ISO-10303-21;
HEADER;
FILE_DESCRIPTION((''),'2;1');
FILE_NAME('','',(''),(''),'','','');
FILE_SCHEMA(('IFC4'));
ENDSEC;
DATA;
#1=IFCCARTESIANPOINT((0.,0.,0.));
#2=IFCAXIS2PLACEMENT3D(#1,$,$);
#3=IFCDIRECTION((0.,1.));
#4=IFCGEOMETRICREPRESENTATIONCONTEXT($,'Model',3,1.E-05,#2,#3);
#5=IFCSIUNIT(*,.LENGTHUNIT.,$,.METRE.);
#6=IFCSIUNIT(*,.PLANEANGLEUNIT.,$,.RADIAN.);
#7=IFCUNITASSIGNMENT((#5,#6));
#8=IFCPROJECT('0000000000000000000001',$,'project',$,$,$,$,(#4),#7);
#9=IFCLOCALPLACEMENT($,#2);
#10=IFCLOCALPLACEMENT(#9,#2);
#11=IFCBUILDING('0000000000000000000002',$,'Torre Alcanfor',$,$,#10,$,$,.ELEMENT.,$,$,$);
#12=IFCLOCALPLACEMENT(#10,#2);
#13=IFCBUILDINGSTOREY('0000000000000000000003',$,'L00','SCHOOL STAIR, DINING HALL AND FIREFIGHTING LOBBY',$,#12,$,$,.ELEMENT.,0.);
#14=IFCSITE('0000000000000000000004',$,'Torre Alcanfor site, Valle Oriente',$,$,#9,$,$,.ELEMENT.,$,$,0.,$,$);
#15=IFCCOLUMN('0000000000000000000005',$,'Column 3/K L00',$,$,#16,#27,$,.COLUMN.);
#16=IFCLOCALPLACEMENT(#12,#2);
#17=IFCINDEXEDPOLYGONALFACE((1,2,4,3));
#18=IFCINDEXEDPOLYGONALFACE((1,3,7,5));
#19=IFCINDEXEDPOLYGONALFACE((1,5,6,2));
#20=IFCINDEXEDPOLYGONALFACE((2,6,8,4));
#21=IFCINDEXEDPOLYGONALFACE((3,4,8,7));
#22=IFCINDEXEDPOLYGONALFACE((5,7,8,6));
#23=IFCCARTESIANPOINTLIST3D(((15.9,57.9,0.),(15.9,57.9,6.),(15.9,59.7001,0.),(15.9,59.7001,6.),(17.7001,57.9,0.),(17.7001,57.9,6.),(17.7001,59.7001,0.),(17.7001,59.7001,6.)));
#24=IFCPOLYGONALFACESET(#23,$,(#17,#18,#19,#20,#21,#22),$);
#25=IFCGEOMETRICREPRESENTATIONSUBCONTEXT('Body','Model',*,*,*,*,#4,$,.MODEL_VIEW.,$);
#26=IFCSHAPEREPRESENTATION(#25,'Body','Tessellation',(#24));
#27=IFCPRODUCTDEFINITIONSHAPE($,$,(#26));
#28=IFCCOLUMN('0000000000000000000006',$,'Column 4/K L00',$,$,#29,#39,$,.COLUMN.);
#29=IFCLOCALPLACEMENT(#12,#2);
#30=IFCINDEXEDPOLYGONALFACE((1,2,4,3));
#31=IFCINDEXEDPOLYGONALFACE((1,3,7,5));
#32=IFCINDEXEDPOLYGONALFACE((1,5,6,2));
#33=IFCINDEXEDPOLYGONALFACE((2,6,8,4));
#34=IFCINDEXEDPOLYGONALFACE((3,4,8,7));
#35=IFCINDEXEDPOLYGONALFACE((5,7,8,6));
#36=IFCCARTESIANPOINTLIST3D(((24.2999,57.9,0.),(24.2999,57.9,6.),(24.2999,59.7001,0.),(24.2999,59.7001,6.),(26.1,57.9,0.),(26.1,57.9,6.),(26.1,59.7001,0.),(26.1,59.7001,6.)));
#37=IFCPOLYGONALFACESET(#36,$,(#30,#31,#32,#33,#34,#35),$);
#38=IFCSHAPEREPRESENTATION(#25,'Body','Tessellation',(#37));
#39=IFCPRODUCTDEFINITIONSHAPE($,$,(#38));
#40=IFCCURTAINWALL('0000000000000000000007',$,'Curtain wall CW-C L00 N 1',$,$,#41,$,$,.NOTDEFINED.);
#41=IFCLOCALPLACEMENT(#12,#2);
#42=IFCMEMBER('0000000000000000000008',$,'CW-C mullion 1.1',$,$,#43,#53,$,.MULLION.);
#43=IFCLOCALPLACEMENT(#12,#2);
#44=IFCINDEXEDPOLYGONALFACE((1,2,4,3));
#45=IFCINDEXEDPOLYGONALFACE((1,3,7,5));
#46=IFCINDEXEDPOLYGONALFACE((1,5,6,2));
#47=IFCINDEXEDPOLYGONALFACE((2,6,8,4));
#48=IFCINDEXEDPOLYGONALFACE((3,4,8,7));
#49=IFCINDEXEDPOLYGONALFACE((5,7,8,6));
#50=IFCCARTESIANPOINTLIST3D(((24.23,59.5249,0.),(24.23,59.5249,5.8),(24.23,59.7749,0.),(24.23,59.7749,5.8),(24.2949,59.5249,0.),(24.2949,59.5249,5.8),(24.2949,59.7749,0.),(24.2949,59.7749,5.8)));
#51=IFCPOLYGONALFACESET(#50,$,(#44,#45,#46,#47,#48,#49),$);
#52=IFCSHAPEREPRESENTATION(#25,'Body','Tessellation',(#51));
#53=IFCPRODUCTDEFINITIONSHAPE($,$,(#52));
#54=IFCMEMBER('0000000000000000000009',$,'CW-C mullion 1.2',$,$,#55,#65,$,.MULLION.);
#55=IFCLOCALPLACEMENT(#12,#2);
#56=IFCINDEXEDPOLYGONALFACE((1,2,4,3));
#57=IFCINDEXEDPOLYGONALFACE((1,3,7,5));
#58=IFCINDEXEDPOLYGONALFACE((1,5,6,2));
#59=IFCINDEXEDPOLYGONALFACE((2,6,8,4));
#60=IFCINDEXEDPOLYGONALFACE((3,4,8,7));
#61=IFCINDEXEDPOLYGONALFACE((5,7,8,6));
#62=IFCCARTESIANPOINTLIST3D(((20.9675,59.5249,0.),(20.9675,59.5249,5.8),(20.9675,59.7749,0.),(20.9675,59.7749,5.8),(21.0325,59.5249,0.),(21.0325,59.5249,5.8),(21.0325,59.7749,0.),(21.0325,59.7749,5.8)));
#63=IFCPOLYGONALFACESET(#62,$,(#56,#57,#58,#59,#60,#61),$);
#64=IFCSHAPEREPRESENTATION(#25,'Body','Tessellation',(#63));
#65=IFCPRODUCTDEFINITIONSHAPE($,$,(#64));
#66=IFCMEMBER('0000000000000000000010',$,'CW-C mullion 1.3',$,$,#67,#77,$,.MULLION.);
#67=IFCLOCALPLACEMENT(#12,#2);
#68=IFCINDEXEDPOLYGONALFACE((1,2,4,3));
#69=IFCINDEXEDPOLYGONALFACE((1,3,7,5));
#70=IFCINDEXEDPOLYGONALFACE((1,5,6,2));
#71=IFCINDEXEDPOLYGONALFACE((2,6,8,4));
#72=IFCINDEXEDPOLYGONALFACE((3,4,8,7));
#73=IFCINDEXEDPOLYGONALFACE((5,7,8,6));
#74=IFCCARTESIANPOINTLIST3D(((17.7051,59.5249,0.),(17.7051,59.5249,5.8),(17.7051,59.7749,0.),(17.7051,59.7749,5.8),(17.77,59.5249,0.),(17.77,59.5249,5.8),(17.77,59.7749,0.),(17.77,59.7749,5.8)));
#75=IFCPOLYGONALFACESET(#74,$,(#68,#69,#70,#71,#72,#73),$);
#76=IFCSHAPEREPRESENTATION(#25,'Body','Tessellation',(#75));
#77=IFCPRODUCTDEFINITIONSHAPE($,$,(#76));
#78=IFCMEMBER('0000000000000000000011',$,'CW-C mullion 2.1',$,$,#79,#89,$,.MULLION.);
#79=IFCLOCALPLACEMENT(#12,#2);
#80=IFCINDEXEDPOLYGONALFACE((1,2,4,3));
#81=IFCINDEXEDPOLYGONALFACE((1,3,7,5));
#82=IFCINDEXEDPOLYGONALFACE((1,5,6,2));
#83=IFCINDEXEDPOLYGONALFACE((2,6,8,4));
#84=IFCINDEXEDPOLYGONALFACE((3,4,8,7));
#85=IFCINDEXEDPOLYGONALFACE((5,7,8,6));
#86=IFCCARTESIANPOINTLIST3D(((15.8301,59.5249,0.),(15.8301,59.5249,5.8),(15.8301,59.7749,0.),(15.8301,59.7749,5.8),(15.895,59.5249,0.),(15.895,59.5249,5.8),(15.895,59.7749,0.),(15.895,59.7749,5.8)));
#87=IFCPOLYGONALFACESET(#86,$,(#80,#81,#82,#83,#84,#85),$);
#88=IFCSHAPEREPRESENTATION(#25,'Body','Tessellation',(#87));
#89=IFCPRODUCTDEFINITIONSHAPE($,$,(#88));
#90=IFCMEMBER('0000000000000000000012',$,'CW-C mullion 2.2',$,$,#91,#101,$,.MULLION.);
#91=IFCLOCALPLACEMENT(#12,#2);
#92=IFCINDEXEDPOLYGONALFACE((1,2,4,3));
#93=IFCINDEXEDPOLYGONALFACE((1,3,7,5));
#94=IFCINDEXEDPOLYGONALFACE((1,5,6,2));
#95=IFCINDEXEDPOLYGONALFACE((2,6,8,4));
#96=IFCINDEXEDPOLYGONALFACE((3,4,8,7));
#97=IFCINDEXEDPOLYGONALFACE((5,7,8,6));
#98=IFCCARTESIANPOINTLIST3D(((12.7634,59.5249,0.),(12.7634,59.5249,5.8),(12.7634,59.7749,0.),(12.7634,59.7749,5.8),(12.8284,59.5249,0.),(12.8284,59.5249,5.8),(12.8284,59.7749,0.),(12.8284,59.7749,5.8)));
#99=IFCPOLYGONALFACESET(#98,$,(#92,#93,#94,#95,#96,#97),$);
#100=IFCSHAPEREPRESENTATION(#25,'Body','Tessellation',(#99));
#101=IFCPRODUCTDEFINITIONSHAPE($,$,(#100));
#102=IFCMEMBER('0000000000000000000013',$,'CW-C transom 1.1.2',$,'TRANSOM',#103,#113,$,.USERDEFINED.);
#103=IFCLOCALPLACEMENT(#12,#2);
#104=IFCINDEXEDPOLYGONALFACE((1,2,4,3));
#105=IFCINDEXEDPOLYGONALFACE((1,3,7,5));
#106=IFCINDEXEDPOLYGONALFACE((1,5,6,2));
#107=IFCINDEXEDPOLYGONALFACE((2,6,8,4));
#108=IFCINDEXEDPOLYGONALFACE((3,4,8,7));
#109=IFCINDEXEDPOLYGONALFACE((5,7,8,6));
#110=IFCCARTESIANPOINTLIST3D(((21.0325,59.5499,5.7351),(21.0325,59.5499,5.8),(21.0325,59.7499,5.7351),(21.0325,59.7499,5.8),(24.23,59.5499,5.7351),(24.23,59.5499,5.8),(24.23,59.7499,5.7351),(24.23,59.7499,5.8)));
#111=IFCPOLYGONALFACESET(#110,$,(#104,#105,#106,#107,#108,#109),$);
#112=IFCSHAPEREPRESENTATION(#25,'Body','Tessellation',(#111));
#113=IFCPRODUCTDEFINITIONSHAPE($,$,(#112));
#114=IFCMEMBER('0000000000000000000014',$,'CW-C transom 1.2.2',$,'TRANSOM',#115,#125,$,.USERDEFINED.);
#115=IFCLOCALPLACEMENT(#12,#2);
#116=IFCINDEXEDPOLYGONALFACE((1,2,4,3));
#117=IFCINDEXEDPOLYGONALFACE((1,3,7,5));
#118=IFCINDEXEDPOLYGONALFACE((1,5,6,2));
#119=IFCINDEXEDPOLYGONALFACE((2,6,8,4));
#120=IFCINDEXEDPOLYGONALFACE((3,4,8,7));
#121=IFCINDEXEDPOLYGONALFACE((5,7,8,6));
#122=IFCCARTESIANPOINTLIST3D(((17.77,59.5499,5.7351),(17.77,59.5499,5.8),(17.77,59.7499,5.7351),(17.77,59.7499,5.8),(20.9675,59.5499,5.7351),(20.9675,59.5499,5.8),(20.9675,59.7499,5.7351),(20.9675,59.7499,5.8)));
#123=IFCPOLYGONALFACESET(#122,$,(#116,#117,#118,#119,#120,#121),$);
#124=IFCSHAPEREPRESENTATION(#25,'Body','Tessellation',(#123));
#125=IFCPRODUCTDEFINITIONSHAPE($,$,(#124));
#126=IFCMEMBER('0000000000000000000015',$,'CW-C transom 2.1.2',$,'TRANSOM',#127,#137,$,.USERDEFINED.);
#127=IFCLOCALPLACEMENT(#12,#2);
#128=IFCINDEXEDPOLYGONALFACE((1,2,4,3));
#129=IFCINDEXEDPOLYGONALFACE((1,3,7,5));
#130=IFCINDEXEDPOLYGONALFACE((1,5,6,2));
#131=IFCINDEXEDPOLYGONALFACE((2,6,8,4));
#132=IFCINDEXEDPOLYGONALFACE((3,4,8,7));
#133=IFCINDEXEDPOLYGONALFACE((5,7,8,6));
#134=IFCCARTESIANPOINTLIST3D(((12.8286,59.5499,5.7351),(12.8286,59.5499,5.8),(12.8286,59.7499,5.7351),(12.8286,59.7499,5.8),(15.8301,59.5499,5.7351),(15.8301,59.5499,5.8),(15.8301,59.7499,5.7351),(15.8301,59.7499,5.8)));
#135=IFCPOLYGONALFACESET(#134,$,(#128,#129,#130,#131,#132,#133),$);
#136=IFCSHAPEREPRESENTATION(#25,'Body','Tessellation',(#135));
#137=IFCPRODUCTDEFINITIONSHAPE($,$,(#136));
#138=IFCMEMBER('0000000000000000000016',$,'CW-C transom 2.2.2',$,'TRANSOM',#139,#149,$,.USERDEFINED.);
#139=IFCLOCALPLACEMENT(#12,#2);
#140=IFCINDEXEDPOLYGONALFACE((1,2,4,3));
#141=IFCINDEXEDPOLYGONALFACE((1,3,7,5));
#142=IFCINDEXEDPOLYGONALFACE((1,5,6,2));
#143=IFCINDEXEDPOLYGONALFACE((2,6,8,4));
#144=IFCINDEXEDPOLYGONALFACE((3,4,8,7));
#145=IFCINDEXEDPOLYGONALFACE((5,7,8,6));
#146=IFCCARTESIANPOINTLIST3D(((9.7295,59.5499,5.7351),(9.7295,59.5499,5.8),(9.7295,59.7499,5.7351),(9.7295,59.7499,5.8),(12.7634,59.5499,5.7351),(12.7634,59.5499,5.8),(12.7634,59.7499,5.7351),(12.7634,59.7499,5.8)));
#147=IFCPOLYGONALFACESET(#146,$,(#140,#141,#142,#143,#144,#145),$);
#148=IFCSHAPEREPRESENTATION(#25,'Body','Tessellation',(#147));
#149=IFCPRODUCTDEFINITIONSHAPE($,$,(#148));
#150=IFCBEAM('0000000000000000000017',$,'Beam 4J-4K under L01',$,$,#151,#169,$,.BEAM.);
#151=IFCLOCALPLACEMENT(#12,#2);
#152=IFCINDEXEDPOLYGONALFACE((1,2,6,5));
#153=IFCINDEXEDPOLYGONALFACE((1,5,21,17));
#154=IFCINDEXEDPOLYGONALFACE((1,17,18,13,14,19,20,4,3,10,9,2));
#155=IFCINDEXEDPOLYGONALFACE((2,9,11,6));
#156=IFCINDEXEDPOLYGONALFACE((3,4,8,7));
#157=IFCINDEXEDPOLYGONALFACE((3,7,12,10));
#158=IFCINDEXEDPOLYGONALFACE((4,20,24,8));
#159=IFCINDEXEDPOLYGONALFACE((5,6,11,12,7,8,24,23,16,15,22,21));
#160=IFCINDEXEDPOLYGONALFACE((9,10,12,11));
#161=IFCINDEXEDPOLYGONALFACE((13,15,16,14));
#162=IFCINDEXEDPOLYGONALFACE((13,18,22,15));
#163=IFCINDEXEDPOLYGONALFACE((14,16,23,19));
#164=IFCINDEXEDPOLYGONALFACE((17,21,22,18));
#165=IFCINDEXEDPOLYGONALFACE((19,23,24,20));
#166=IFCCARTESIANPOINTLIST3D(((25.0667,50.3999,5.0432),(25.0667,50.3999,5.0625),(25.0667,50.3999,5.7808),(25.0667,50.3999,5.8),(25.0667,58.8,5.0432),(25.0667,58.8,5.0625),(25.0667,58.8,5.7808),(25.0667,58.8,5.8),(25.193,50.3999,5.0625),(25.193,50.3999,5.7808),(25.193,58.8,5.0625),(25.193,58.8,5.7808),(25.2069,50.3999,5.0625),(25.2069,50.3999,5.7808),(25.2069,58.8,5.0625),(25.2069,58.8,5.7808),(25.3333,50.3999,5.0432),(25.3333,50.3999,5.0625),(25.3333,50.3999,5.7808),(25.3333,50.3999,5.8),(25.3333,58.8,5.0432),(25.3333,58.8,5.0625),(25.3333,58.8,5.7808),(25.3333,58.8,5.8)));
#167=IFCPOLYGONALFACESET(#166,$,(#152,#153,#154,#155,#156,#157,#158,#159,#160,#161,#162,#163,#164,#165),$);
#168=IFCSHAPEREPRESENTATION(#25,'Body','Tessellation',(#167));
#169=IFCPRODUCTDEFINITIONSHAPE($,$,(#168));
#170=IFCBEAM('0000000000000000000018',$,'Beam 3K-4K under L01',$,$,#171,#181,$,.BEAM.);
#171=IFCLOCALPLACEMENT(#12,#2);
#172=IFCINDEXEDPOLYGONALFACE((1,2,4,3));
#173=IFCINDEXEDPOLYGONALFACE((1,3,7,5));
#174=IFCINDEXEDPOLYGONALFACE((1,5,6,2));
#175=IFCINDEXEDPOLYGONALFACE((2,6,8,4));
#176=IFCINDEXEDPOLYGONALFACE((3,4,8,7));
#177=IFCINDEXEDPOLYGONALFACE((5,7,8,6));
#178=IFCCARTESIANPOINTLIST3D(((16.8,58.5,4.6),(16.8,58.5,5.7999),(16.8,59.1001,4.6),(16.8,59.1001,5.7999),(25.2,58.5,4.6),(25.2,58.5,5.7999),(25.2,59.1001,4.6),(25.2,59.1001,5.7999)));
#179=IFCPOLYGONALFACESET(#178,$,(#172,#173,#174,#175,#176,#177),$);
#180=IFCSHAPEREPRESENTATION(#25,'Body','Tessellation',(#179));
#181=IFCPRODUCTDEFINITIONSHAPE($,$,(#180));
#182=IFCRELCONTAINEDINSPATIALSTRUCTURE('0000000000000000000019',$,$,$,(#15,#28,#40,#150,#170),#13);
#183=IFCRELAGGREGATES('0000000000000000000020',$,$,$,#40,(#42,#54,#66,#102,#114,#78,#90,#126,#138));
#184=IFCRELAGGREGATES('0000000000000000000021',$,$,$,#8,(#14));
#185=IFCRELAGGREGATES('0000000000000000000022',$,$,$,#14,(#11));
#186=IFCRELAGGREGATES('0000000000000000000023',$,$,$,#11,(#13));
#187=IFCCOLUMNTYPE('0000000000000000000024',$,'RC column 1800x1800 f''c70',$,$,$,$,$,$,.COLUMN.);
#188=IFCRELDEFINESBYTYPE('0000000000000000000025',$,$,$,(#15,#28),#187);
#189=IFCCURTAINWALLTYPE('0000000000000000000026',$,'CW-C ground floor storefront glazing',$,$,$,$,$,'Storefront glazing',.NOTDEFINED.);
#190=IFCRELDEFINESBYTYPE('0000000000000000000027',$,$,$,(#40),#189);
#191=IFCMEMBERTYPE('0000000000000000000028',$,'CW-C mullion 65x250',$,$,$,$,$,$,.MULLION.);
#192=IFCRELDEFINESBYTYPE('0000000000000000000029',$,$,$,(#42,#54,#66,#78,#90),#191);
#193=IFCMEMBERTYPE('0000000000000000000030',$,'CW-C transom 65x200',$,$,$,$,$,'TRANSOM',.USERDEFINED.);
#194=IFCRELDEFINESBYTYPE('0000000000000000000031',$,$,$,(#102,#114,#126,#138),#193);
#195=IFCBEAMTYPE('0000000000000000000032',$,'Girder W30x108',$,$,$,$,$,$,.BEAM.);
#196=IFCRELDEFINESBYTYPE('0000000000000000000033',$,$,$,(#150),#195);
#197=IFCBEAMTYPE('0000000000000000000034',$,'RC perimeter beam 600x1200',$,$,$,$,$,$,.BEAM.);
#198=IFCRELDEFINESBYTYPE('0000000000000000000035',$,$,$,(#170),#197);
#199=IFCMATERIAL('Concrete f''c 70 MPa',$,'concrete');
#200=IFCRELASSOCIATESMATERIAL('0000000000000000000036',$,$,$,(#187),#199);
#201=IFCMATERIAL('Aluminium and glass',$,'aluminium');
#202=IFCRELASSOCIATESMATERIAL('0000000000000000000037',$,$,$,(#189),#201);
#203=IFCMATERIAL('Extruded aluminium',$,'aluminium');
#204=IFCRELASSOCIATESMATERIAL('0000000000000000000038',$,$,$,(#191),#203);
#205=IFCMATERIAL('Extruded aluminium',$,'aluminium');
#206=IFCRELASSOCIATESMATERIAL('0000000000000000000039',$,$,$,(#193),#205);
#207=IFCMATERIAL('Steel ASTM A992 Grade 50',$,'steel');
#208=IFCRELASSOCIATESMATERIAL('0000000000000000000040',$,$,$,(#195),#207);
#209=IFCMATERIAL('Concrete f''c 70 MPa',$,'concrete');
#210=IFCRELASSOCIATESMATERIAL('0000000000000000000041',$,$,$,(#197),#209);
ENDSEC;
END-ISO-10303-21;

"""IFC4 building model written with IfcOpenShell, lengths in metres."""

from ifc_helpers import new_model, si_unit, direction, frame, origin, origin_2d, place, context, subcontext, project, spatial, rectangle, i_section, extrude, material, material_profile, profile_set, type_object, element, aggregate, save


model = new_model("IFC4")

# Units and contexts
model_context = context("Model", 3, precision=1e-05, world=origin(), true_north=direction((0.0, 1.0)))
body_context = subcontext(model_context, "Body", "Model", "MODEL_VIEW")
ifc_project = project(units=[si_unit("LENGTHUNIT", "METRE"), si_unit("PLANEANGLEUNIT", "RADIAN")], contexts=[model_context])

# Site, building, storey
site_placement = place(None, origin())
site = spatial("IfcSite", under=ifc_project, at=site_placement, Name="Torre Alcanfor site, Valle Oriente", CompositionType="ELEMENT", RefElevation=0.0)
building_placement = place(site_placement, origin())
building = spatial("IfcBuilding", under=site, at=building_placement, Name="Torre Alcanfor", CompositionType="ELEMENT")
storey_placement = place(building_placement, origin())
storey = spatial("IfcBuildingStorey", under=building, at=storey_placement, Name="L00", Description="SCHOOL STAIR, DINING HALL AND FIREFIGHTING LOBBY", CompositionType="ELEMENT", Elevation=0.0)

# Columns
ifc_material_1 = material(Name="Concrete f'c 70 MPa", Category="concrete")
ifc_material_profile_1 = material_profile(ifc_material_1, rectangle(XDim=1.8, YDim=1.8, at=origin_2d()), Name="1800x1800")
ifc_profile_set_1 = profile_set([ifc_material_profile_1], Name="Concrete f'c 70 MPa")
column_type = type_object("IfcColumnType", Name="RC column 1800x1800 f'c70", PredefinedType="COLUMN", material=ifc_profile_set_1)
for number, where, z_axis, x_axis, name in (
    (1, (16.8, 58.8, 0.0), (0.0, 0.0, 1.0), (1.0, 0.0, 0.0), "Column 3/K L00"),
    (2, (25.2, 58.8, 0.0), (0.0, 0.0, 1.0), (1.0, 0.0, 0.0), "Column 4/K L00"),
):
    element("IfcColumn", number, at=place(storey_placement, frame(where, z_axis=z_axis, x_axis=x_axis)), inside=storey, type_object=column_type, Name=name, PredefinedType="COLUMN", context=body_context, shape_type="SweptSolid", body=[
        extrude(rectangle(XDim=1.8, YDim=1.8, at=origin_2d()), origin(), (0.0, 0.0, 1.0), 6.0),
    ])

# Curtain wall, members
ifc_material_2 = material(Name="Aluminium and glass", Category="aluminium")
curtain_wall_type = type_object("IfcCurtainWallType", Name="CW-C ground floor storefront glazing", ElementType="Storefront glazing", PredefinedType="NOTDEFINED", material=ifc_material_2)
curtain_wall_placement = place(storey_placement, origin())
curtain_wall = element("IfcCurtainWall", 3, at=curtain_wall_placement, inside=storey, type_object=curtain_wall_type, Name="Curtain wall CW-C L00 N 1", PredefinedType="NOTDEFINED")
ifc_material_3 = material(Name="Extruded aluminium", Category="aluminium")
ifc_material_profile_2 = material_profile(ifc_material_3, rectangle(XDim=0.25, YDim=0.0649, at=origin_2d()), Name="CW-C mullion 65x250")
ifc_profile_set_2 = profile_set([ifc_material_profile_2], Name="Extruded aluminium")
member_type_1 = type_object("IfcMemberType", Name="CW-C mullion 65x250", PredefinedType="MULLION", material=ifc_profile_set_2)
member_1_placement = place(storey_placement, frame((24.2625, 59.6499, 0.0), z_axis=(0.0, 0.0, 1.0), x_axis=(0.0, -1.0, 0.0)))
member_1 = element("IfcMember", 4, at=member_1_placement, type_object=member_type_1, Name="CW-C mullion 1.1", PredefinedType="MULLION", context=body_context, shape_type="SweptSolid", body=[
    extrude(rectangle(XDim=0.25, YDim=0.0649, at=origin_2d()), origin(), (0.0, 0.0, 1.0), 5.8),
])
member_2_placement = place(storey_placement, frame((21.0, 59.6499, 0.0), z_axis=(0.0, 0.0, 1.0), x_axis=(0.0, -1.0, 0.0)))
member_2 = element("IfcMember", 5, at=member_2_placement, type_object=member_type_1, Name="CW-C mullion 1.2", PredefinedType="MULLION", context=body_context, shape_type="SweptSolid", body=[
    extrude(rectangle(XDim=0.25, YDim=0.0649, at=origin_2d()), origin(), (0.0, 0.0, 1.0), 5.8),
])
member_3_placement = place(storey_placement, frame((17.7375, 59.6499, 0.0), z_axis=(0.0, 0.0, 1.0), x_axis=(0.0, -1.0, 0.0)))
member_3 = element("IfcMember", 6, at=member_3_placement, type_object=member_type_1, Name="CW-C mullion 1.3", PredefinedType="MULLION", context=body_context, shape_type="SweptSolid", body=[
    extrude(rectangle(XDim=0.25, YDim=0.0649, at=origin_2d()), origin(), (0.0, 0.0, 1.0), 5.8),
])
member_4_placement = place(storey_placement, frame((15.8625, 59.6499, 0.0), z_axis=(0.0, 0.0, 1.0), x_axis=(0.0, -1.0, 0.0)))
member_4 = element("IfcMember", 7, at=member_4_placement, type_object=member_type_1, Name="CW-C mullion 2.1", PredefinedType="MULLION", context=body_context, shape_type="SweptSolid", body=[
    extrude(rectangle(XDim=0.25, YDim=0.0649, at=origin_2d()), origin(), (0.0, 0.0, 1.0), 5.8),
])
member_5_placement = place(storey_placement, frame((12.7959, 59.6499, 0.0), z_axis=(0.0, 0.0, 1.0), x_axis=(0.0, -1.0, 0.0)))
member_5 = element("IfcMember", 8, at=member_5_placement, type_object=member_type_1, Name="CW-C mullion 2.2", PredefinedType="MULLION", context=body_context, shape_type="SweptSolid", body=[
    extrude(rectangle(XDim=0.25, YDim=0.0649, at=origin_2d()), origin(), (0.0, 0.0, 1.0), 5.8),
])
ifc_material_4 = material(Name="Extruded aluminium", Category="aluminium")
ifc_material_profile_3 = material_profile(ifc_material_4, rectangle(XDim=0.2, YDim=0.0649, at=origin_2d()), Name="CW-C transom 200x65")
ifc_profile_set_3 = profile_set([ifc_material_profile_3], Name="Extruded aluminium")
member_type_2 = type_object("IfcMemberType", Name="CW-C transom 65x200", ElementType="TRANSOM", PredefinedType="USERDEFINED", material=ifc_profile_set_3)
member_6_placement = place(storey_placement, frame((24.23, 59.6499, 5.7676), z_axis=(-1.0, 0.0, 0.0), x_axis=(0.0, -1.0, 0.0)))
member_6 = element("IfcMember", 9, at=member_6_placement, type_object=member_type_2, Name="CW-C transom 1.1.2", ObjectType="TRANSOM", PredefinedType="USERDEFINED", context=body_context, shape_type="SweptSolid", body=[
    extrude(rectangle(XDim=0.2, YDim=0.0649, at=origin_2d()), origin(), (0.0, 0.0, 1.0), 3.1975),
])
member_7_placement = place(storey_placement, frame((20.9675, 59.6499, 5.7676), z_axis=(-1.0, 0.0, 0.0), x_axis=(0.0, -1.0, 0.0)))
member_7 = element("IfcMember", 10, at=member_7_placement, type_object=member_type_2, Name="CW-C transom 1.2.2", ObjectType="TRANSOM", PredefinedType="USERDEFINED", context=body_context, shape_type="SweptSolid", body=[
    extrude(rectangle(XDim=0.2, YDim=0.0649, at=origin_2d()), origin(), (0.0, 0.0, 1.0), 3.1975),
])
member_8_placement = place(storey_placement, frame((15.8301, 59.6499, 5.7676), z_axis=(-1.0, 0.0, 0.0), x_axis=(0.0, -1.0, 0.0)))
member_8 = element("IfcMember", 11, at=member_8_placement, type_object=member_type_2, Name="CW-C transom 2.1.2", ObjectType="TRANSOM", PredefinedType="USERDEFINED", context=body_context, shape_type="SweptSolid", body=[
    extrude(rectangle(XDim=0.2, YDim=0.0649, at=origin_2d()), origin(), (0.0, 0.0, 1.0), 3.0015),
])
member_9_placement = place(storey_placement, frame((12.7634, 59.6499, 5.7676), z_axis=(-1.0, 0.0, 0.0), x_axis=(0.0, -1.0, 0.0)))
member_9 = element("IfcMember", 12, at=member_9_placement, type_object=member_type_2, Name="CW-C transom 2.2.2", ObjectType="TRANSOM", PredefinedType="USERDEFINED", context=body_context, shape_type="SweptSolid", body=[
    extrude(rectangle(XDim=0.2, YDim=0.0649, at=origin_2d()), origin(), (0.0, 0.0, 1.0), 3.0339),
])

# Beams
ifc_material_5 = material(Name="Steel ASTM A992 Grade 50", Category="steel")
ifc_material_profile_4 = material_profile(ifc_material_5, i_section(OverallWidth=0.2666, OverallDepth=0.7568, WebThickness=0.0139, FlangeThickness=0.0193, at=origin_2d()), Name="W30x108")
ifc_profile_set_4 = profile_set([ifc_material_profile_4], Name="Steel ASTM A992 Grade 50")
beam_type_1 = type_object("IfcBeamType", Name="Girder W30x108", PredefinedType="BEAM", material=ifc_profile_set_4)
beam_1_placement = place(storey_placement, frame((25.2, 50.3999, 5.4216), z_axis=(0.0, 1.0, 0.0), x_axis=(-1.0, 0.0, 0.0)))
element("IfcBeam", 13, at=beam_1_placement, inside=storey, type_object=beam_type_1, Name="Beam 4J-4K under L01", PredefinedType="BEAM", context=body_context, shape_type="SweptSolid", body=[
    extrude(i_section(OverallWidth=0.2666, OverallDepth=0.7568, WebThickness=0.0139, FlangeThickness=0.0193, at=origin_2d()), origin(), (0.0, 0.0, 1.0), 8.4001),
])
ifc_material_6 = material(Name="Concrete f'c 70 MPa", Category="concrete")
ifc_material_profile_5 = material_profile(ifc_material_6, rectangle(XDim=0.6001, YDim=1.2, at=origin_2d()), Name="600x1200")
ifc_profile_set_5 = profile_set([ifc_material_profile_5], Name="Concrete f'c 70 MPa")
beam_type_2 = type_object("IfcBeamType", Name="RC perimeter beam 600x1200", PredefinedType="BEAM", material=ifc_profile_set_5)
beam_2_placement = place(storey_placement, frame((16.8, 58.8, 5.2), z_axis=(1.0, 0.0, 0.0), x_axis=(0.0, 1.0, 0.0)))
element("IfcBeam", 14, at=beam_2_placement, inside=storey, type_object=beam_type_2, Name="Beam 3K-4K under L01", PredefinedType="BEAM", context=body_context, shape_type="SweptSolid", body=[
    extrude(rectangle(XDim=0.6001, YDim=1.2, at=origin_2d()), origin(), (0.0, 0.0, 1.0), 8.3999),
])

aggregate(curtain_wall, [member_1, member_2, member_3, member_6, member_7, member_4, member_5, member_8, member_9])

save(model, "model.ifc")
